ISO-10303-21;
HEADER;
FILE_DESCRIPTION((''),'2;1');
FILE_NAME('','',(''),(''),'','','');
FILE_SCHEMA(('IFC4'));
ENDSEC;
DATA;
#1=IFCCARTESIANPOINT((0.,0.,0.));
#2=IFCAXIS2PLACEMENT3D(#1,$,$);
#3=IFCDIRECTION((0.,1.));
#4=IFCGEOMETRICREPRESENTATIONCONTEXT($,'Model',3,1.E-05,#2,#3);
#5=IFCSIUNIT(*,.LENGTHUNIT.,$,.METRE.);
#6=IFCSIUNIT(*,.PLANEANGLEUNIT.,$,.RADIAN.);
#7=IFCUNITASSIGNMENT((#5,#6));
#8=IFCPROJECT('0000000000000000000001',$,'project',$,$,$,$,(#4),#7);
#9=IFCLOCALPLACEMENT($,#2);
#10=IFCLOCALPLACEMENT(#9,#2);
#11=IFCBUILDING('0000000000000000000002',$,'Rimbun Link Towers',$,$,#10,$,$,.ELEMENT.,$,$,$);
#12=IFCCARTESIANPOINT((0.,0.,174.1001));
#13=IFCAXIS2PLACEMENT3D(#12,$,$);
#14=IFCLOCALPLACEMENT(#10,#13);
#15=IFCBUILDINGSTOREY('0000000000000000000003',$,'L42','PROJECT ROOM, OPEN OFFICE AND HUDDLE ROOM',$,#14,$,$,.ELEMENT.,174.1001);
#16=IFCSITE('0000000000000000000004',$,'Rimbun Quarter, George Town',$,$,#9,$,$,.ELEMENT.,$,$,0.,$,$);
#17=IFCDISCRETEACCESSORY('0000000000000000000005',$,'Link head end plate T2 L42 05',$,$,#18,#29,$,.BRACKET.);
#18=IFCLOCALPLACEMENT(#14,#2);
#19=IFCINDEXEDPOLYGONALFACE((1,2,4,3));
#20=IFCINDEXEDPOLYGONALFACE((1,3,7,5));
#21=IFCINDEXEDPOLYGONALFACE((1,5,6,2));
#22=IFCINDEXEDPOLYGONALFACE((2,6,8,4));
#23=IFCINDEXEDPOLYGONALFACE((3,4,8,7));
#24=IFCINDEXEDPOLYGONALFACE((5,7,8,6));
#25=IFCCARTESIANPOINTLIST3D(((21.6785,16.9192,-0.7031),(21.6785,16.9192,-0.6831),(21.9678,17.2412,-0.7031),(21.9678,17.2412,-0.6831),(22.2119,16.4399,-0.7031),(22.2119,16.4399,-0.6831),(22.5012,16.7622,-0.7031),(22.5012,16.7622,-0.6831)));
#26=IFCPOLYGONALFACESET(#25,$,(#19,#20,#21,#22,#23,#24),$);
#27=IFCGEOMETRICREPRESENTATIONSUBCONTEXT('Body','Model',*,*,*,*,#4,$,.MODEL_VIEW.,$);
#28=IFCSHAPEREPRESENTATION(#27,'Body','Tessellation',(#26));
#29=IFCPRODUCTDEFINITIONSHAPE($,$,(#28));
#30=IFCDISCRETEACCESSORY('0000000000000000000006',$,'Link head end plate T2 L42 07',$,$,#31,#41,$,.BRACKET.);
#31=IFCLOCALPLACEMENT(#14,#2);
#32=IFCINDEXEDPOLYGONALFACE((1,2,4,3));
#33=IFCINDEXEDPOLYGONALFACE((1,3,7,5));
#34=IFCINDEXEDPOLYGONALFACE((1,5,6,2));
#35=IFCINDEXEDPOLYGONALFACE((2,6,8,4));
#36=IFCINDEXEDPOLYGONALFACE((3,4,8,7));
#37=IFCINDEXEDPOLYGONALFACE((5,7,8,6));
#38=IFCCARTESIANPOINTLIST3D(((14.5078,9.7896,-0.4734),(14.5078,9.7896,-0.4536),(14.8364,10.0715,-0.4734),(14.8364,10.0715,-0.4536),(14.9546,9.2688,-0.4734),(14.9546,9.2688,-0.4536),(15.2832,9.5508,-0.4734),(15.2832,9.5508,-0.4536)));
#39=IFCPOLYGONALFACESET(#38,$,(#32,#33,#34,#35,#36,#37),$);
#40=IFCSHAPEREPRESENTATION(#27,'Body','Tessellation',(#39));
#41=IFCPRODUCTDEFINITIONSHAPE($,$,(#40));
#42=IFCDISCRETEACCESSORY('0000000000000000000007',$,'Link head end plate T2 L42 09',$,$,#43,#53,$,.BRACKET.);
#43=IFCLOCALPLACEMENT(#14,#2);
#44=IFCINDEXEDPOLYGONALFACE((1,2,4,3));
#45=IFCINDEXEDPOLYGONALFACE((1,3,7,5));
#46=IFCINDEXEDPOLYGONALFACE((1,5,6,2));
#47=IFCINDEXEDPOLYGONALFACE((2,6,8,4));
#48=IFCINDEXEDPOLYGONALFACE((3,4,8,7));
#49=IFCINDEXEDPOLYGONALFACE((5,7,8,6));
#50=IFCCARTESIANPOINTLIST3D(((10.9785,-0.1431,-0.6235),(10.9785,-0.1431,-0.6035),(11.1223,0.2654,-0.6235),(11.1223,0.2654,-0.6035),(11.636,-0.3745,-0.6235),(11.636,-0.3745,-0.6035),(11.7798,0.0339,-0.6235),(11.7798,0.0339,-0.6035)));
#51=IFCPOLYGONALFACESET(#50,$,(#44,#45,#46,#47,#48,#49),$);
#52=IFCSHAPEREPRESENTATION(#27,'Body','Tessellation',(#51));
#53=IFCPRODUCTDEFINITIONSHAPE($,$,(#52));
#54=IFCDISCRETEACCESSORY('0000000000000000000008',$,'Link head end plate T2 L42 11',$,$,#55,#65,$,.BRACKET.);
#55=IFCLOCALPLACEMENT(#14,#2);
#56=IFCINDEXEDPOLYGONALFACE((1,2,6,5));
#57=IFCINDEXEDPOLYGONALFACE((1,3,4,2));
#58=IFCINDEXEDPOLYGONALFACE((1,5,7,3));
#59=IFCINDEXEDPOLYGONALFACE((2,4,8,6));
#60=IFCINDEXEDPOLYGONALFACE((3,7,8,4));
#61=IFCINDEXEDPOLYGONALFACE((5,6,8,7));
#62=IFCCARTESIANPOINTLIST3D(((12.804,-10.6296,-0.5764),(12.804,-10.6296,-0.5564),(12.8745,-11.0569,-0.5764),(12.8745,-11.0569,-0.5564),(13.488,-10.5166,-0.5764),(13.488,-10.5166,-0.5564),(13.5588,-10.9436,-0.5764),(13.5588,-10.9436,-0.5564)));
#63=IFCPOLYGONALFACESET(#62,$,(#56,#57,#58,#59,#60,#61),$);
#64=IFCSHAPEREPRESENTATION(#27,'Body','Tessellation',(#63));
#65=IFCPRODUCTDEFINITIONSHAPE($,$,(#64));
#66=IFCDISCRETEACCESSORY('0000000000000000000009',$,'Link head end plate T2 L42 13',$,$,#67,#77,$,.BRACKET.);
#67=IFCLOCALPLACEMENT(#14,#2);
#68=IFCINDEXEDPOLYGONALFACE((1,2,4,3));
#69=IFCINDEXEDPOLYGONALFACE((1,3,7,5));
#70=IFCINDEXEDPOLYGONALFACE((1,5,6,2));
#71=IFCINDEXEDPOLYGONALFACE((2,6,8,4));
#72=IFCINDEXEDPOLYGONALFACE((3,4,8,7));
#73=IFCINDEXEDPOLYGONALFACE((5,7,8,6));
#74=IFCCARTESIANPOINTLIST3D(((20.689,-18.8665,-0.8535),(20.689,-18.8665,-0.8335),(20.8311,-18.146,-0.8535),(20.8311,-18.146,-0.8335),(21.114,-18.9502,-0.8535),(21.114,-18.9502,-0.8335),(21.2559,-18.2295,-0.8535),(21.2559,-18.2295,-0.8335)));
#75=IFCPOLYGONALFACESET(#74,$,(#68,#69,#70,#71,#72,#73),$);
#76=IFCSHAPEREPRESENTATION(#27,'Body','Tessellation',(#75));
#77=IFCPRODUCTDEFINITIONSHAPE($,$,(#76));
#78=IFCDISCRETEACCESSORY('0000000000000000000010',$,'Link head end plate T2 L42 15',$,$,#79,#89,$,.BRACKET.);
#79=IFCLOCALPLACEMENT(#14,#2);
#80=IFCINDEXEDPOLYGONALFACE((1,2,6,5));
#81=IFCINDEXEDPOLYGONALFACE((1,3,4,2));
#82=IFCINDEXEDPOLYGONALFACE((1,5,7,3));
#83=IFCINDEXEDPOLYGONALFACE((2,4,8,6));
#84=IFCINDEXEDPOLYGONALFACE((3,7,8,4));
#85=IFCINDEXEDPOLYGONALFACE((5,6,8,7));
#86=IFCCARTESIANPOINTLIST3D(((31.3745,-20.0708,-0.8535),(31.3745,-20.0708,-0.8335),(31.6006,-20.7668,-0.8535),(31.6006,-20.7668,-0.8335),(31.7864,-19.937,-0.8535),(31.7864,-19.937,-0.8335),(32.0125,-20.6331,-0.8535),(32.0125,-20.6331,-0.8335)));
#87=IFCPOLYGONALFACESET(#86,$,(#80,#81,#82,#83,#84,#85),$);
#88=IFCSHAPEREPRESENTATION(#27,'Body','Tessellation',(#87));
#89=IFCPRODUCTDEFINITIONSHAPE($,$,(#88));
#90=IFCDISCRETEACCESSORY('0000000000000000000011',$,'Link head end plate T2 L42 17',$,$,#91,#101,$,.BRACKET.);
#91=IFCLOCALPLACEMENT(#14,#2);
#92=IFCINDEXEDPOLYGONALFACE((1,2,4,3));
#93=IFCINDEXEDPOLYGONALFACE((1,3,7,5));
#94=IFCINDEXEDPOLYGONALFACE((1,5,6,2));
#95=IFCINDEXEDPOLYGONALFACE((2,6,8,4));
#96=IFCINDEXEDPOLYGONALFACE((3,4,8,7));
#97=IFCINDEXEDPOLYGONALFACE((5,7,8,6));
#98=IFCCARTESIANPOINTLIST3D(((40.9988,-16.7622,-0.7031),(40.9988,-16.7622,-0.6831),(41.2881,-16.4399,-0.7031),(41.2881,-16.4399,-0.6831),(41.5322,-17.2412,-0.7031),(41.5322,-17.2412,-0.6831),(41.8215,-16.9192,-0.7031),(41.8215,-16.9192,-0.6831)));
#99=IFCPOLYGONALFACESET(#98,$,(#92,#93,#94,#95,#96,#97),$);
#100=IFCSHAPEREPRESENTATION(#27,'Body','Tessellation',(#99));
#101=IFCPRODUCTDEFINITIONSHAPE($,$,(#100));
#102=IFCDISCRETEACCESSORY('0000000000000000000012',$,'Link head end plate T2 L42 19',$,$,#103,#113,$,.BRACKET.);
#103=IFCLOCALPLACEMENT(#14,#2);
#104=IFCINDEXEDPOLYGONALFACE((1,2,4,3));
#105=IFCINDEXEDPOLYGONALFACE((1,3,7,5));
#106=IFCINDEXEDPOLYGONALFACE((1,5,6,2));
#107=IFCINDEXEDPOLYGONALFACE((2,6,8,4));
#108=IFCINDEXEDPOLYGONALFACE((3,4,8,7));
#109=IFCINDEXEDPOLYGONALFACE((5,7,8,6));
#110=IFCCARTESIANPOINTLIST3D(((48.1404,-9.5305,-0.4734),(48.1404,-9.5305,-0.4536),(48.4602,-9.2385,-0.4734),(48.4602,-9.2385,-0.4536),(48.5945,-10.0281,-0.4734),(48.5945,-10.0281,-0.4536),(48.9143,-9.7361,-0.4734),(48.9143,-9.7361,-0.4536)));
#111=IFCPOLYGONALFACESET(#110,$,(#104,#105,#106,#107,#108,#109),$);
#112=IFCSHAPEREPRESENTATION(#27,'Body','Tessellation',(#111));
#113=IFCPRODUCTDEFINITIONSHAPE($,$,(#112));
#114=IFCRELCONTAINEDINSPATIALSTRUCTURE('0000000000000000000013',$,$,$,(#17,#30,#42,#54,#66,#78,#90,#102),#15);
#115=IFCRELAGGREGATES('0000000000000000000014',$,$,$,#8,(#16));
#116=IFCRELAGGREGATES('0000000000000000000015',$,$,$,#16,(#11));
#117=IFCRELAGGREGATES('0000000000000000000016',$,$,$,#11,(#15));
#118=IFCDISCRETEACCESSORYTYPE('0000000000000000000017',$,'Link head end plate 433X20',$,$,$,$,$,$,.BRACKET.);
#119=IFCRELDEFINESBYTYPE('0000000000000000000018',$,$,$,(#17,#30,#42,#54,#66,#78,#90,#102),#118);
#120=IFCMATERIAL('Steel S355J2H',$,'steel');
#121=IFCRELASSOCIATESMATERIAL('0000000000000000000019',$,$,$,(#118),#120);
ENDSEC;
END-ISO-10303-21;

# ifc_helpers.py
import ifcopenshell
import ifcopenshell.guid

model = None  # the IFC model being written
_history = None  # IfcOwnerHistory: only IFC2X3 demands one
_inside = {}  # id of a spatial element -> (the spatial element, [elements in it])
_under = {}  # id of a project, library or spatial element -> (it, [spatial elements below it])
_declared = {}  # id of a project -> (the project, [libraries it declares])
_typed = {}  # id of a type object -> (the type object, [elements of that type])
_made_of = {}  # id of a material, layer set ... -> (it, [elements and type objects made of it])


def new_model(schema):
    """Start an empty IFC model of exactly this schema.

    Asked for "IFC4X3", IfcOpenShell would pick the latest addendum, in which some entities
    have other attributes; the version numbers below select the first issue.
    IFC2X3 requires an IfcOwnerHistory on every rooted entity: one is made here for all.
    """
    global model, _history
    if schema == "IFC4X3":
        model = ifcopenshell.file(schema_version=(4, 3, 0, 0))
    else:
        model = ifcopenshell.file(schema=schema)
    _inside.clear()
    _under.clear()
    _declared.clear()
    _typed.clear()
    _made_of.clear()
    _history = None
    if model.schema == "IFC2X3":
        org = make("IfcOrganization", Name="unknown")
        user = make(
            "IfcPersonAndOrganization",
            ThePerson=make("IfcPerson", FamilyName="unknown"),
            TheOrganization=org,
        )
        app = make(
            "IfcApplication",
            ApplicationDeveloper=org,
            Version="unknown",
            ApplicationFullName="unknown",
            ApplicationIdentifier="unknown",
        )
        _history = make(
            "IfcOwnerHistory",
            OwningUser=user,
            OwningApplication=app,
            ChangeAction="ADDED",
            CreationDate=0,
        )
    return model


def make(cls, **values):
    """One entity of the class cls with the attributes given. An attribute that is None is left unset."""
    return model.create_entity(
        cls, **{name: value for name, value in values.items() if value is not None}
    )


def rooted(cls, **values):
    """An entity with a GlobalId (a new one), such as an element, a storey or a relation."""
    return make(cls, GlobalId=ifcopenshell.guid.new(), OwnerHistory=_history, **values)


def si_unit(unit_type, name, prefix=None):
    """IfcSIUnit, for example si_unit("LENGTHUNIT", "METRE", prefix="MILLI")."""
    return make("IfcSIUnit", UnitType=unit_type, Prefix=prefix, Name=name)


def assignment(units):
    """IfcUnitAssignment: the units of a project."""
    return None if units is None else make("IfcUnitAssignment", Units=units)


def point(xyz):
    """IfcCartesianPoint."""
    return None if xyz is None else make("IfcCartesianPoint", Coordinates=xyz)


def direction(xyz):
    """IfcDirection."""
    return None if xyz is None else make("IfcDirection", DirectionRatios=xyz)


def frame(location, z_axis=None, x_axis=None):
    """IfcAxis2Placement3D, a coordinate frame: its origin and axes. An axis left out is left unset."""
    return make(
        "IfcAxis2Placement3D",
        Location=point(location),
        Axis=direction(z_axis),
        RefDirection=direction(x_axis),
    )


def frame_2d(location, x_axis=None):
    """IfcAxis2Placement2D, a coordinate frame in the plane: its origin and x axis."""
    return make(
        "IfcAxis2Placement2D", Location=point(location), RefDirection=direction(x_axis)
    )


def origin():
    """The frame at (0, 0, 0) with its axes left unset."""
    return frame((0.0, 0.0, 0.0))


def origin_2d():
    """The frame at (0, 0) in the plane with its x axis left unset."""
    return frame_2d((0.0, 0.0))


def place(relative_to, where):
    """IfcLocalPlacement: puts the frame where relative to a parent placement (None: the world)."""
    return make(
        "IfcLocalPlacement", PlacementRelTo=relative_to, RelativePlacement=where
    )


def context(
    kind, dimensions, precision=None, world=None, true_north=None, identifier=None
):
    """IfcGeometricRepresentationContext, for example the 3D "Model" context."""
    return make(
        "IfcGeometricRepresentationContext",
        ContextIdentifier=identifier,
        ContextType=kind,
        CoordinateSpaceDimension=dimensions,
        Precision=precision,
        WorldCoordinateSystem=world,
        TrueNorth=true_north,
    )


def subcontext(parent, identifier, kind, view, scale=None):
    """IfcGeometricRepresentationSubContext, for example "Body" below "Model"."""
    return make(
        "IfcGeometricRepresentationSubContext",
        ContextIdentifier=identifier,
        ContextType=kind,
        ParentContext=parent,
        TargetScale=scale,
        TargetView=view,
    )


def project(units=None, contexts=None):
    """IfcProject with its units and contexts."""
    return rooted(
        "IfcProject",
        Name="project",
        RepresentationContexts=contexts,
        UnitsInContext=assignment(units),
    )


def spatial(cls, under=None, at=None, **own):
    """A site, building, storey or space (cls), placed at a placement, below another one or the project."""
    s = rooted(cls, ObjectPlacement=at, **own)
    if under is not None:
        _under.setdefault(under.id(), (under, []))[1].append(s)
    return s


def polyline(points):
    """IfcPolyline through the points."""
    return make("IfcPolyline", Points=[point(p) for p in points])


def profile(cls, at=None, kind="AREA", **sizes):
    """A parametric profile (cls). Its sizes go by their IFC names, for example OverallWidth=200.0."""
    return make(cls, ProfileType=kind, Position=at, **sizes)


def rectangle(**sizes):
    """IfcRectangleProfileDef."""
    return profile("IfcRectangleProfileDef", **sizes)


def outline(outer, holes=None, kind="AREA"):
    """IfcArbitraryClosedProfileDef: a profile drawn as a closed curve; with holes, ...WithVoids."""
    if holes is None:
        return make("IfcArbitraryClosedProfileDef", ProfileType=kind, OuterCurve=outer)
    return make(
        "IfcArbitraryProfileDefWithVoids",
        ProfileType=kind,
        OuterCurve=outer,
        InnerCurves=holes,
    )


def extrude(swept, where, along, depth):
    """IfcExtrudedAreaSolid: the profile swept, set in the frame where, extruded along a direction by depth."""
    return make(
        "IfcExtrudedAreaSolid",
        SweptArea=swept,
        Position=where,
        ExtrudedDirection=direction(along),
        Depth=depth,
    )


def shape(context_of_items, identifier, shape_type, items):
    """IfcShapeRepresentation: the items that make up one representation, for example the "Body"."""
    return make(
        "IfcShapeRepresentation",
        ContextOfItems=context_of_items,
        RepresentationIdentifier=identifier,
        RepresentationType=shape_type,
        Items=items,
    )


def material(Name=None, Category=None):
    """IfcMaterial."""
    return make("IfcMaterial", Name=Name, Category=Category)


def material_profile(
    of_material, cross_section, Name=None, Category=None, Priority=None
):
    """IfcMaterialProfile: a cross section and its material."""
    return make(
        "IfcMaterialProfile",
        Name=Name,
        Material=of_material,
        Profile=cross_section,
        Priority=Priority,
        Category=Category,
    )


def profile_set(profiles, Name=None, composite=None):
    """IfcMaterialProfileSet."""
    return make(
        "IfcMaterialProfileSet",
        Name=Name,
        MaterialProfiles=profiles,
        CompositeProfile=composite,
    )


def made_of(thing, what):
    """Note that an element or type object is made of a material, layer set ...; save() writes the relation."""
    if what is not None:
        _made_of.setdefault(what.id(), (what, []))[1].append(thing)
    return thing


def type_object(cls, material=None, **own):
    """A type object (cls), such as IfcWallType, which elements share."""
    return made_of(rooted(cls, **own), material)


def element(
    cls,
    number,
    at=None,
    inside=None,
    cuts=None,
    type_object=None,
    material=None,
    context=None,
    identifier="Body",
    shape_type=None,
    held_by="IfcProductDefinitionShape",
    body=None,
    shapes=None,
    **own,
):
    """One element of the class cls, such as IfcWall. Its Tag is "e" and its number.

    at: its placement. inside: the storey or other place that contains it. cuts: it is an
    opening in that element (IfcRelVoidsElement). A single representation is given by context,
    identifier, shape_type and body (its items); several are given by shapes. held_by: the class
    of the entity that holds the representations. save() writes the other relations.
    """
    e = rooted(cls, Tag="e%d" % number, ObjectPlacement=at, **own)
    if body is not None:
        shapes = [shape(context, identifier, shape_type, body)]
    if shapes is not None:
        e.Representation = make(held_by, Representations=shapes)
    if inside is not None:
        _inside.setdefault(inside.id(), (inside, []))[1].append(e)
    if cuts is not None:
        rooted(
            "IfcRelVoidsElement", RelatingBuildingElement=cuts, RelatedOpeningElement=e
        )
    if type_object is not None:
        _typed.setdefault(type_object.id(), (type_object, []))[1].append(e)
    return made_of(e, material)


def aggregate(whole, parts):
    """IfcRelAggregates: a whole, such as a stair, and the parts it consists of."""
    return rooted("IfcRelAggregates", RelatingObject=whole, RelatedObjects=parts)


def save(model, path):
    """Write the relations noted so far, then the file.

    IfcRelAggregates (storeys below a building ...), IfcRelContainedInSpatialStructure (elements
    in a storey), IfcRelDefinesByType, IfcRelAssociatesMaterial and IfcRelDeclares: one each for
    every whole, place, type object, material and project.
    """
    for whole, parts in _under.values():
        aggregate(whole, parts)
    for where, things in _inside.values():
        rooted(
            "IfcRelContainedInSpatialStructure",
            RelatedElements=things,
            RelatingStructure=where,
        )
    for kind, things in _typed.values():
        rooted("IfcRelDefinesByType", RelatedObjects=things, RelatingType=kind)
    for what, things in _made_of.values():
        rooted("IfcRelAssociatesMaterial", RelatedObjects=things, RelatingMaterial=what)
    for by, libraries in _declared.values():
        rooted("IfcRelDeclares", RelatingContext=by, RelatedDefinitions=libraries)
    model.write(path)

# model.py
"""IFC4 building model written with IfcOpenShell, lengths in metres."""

from ifc_helpers import new_model, si_unit, direction, frame, origin, origin_2d, place, context, subcontext, project, spatial, polyline, rectangle, outline, extrude, material, material_profile, profile_set, type_object, element, save


model = new_model("IFC4")

# Units and contexts
model_context = context("Model", 3, precision=1e-05, world=origin(), true_north=direction((0.0, 1.0)))
body_context = subcontext(model_context, "Body", "Model", "MODEL_VIEW")
ifc_project = project(units=[si_unit("LENGTHUNIT", "METRE"), si_unit("PLANEANGLEUNIT", "RADIAN")], contexts=[model_context])

# Site, building, storey
site_placement = place(None, origin())
site = spatial("IfcSite", under=ifc_project, at=site_placement, Name="Rimbun Quarter, George Town", CompositionType="ELEMENT", RefElevation=0.0)
building_placement = place(site_placement, origin())
building = spatial("IfcBuilding", under=site, at=building_placement, Name="Rimbun Link Towers", CompositionType="ELEMENT")
storey_placement = place(building_placement, frame((0.0, 0.0, 174.1001)))
storey = spatial("IfcBuildingStorey", under=building, at=storey_placement, Name="L42", Description="PROJECT ROOM, OPEN OFFICE AND HUDDLE ROOM", CompositionType="ELEMENT", Elevation=174.1001)

# Discrete accessories
ifc_material_1 = material(Name="Steel S355J2H", Category="steel")
ifc_material_profile_1 = material_profile(ifc_material_1, rectangle(XDim=0.4331, YDim=0.4331, at=origin_2d()), Name="PL 433x433")
ifc_profile_set_1 = profile_set([ifc_material_profile_1], Name="Steel S355J2H")
discrete_accessory_type_1 = type_object("IfcDiscreteAccessoryType", Name="Link head end plate 433X20", PredefinedType="BRACKET", material=ifc_profile_set_1)
discrete_accessory_1_placement = place(storey_placement, frame((0.0, 0.0, -0.7031)))
element("IfcDiscreteAccessory", 1, at=discrete_accessory_1_placement, inside=storey, type_object=discrete_accessory_type_1, Name="Link head end plate T2 L42 05", PredefinedType="BRACKET", context=body_context, shape_type="SweptSolid", body=[
    extrude(outline(polyline([(22.5012, 16.7622), (21.9678, 17.2412), (21.6785, 16.9192), (22.2119, 16.4399), (22.5012, 16.7622)])), origin(), (0.0, 0.0, 1.0), 0.02),
])
discrete_accessory_2_placement = place(storey_placement, frame((0.0, 0.0, -0.4734)))
element("IfcDiscreteAccessory", 2, at=discrete_accessory_2_placement, inside=storey, type_object=discrete_accessory_type_1, Name="Link head end plate T2 L42 07", PredefinedType="BRACKET", context=body_context, shape_type="SweptSolid", body=[
    extrude(outline(polyline([(15.2832, 9.5508), (14.8364, 10.0715), (14.5078, 9.7896), (14.9546, 9.2688), (15.2832, 9.5508)])), origin(), (0.0, 0.0, 1.0), 0.0198),
])
discrete_accessory_3_placement = place(storey_placement, frame((0.0, 0.0, -0.6235)))
element("IfcDiscreteAccessory", 3, at=discrete_accessory_3_placement, inside=storey, type_object=discrete_accessory_type_1, Name="Link head end plate T2 L42 09", PredefinedType="BRACKET", context=body_context, shape_type="SweptSolid", body=[
    extrude(outline(polyline([(11.7798, 0.0339), (11.1223, 0.2654), (10.9785, -0.1431), (11.636, -0.3745), (11.7798, 0.0339)])), origin(), (0.0, 0.0, 1.0), 0.02),
])
discrete_accessory_4_placement = place(storey_placement, frame((0.0, 0.0, -0.5764)))
element("IfcDiscreteAccessory", 4, at=discrete_accessory_4_placement, inside=storey, type_object=discrete_accessory_type_1, Name="Link head end plate T2 L42 11", PredefinedType="BRACKET", context=body_context, shape_type="SweptSolid", body=[
    extrude(outline(polyline([(13.488, -10.5166), (12.804, -10.6296), (12.8745, -11.0569), (13.5588, -10.9436), (13.488, -10.5166)])), origin(), (0.0, 0.0, 1.0), 0.02),
])
discrete_accessory_5_placement = place(storey_placement, frame((0.0, 0.0, -0.8535)))
element("IfcDiscreteAccessory", 5, at=discrete_accessory_5_placement, inside=storey, type_object=discrete_accessory_type_1, Name="Link head end plate T2 L42 13", PredefinedType="BRACKET", context=body_context, shape_type="SweptSolid", body=[
    extrude(outline(polyline([(20.8311, -18.146), (20.689, -18.8665), (21.114, -18.9502), (21.2559, -18.2295), (20.8311, -18.146)])), origin(), (0.0, 0.0, 1.0), 0.02),
])
discrete_accessory_6_placement = place(storey_placement, frame((0.0, 0.0, -0.8535)))
element("IfcDiscreteAccessory", 6, at=discrete_accessory_6_placement, inside=storey, type_object=discrete_accessory_type_1, Name="Link head end plate T2 L42 15", PredefinedType="BRACKET", context=body_context, shape_type="SweptSolid", body=[
    extrude(outline(polyline([(31.3745, -20.0708), (31.6006, -20.7668), (32.0125, -20.6331), (31.7864, -19.937), (31.3745, -20.0708)])), origin(), (0.0, 0.0, 1.0), 0.02),
])
discrete_accessory_7_placement = place(storey_placement, frame((0.0, 0.0, -0.7031)))
element("IfcDiscreteAccessory", 7, at=discrete_accessory_7_placement, inside=storey, type_object=discrete_accessory_type_1, Name="Link head end plate T2 L42 17", PredefinedType="BRACKET", context=body_context, shape_type="SweptSolid", body=[
    extrude(outline(polyline([(40.9988, -16.7622), (41.5322, -17.2412), (41.8215, -16.9192), (41.2881, -16.4399), (40.9988, -16.7622)])), origin(), (0.0, 0.0, 1.0), 0.02),
])
discrete_accessory_8_placement = place(storey_placement, frame((0.0, 0.0, -0.4734)))
element("IfcDiscreteAccessory", 8, at=discrete_accessory_8_placement, inside=storey, type_object=discrete_accessory_type_1, Name="Link head end plate T2 L42 19", PredefinedType="BRACKET", context=body_context, shape_type="SweptSolid", body=[
    extrude(outline(polyline([(48.1404, -9.5305), (48.5945, -10.0281), (48.9143, -9.7361), (48.4602, -9.2385), (48.1404, -9.5305)])), origin(), (0.0, 0.0, 1.0), 0.0198),
])

save(model, "model.ifc")
